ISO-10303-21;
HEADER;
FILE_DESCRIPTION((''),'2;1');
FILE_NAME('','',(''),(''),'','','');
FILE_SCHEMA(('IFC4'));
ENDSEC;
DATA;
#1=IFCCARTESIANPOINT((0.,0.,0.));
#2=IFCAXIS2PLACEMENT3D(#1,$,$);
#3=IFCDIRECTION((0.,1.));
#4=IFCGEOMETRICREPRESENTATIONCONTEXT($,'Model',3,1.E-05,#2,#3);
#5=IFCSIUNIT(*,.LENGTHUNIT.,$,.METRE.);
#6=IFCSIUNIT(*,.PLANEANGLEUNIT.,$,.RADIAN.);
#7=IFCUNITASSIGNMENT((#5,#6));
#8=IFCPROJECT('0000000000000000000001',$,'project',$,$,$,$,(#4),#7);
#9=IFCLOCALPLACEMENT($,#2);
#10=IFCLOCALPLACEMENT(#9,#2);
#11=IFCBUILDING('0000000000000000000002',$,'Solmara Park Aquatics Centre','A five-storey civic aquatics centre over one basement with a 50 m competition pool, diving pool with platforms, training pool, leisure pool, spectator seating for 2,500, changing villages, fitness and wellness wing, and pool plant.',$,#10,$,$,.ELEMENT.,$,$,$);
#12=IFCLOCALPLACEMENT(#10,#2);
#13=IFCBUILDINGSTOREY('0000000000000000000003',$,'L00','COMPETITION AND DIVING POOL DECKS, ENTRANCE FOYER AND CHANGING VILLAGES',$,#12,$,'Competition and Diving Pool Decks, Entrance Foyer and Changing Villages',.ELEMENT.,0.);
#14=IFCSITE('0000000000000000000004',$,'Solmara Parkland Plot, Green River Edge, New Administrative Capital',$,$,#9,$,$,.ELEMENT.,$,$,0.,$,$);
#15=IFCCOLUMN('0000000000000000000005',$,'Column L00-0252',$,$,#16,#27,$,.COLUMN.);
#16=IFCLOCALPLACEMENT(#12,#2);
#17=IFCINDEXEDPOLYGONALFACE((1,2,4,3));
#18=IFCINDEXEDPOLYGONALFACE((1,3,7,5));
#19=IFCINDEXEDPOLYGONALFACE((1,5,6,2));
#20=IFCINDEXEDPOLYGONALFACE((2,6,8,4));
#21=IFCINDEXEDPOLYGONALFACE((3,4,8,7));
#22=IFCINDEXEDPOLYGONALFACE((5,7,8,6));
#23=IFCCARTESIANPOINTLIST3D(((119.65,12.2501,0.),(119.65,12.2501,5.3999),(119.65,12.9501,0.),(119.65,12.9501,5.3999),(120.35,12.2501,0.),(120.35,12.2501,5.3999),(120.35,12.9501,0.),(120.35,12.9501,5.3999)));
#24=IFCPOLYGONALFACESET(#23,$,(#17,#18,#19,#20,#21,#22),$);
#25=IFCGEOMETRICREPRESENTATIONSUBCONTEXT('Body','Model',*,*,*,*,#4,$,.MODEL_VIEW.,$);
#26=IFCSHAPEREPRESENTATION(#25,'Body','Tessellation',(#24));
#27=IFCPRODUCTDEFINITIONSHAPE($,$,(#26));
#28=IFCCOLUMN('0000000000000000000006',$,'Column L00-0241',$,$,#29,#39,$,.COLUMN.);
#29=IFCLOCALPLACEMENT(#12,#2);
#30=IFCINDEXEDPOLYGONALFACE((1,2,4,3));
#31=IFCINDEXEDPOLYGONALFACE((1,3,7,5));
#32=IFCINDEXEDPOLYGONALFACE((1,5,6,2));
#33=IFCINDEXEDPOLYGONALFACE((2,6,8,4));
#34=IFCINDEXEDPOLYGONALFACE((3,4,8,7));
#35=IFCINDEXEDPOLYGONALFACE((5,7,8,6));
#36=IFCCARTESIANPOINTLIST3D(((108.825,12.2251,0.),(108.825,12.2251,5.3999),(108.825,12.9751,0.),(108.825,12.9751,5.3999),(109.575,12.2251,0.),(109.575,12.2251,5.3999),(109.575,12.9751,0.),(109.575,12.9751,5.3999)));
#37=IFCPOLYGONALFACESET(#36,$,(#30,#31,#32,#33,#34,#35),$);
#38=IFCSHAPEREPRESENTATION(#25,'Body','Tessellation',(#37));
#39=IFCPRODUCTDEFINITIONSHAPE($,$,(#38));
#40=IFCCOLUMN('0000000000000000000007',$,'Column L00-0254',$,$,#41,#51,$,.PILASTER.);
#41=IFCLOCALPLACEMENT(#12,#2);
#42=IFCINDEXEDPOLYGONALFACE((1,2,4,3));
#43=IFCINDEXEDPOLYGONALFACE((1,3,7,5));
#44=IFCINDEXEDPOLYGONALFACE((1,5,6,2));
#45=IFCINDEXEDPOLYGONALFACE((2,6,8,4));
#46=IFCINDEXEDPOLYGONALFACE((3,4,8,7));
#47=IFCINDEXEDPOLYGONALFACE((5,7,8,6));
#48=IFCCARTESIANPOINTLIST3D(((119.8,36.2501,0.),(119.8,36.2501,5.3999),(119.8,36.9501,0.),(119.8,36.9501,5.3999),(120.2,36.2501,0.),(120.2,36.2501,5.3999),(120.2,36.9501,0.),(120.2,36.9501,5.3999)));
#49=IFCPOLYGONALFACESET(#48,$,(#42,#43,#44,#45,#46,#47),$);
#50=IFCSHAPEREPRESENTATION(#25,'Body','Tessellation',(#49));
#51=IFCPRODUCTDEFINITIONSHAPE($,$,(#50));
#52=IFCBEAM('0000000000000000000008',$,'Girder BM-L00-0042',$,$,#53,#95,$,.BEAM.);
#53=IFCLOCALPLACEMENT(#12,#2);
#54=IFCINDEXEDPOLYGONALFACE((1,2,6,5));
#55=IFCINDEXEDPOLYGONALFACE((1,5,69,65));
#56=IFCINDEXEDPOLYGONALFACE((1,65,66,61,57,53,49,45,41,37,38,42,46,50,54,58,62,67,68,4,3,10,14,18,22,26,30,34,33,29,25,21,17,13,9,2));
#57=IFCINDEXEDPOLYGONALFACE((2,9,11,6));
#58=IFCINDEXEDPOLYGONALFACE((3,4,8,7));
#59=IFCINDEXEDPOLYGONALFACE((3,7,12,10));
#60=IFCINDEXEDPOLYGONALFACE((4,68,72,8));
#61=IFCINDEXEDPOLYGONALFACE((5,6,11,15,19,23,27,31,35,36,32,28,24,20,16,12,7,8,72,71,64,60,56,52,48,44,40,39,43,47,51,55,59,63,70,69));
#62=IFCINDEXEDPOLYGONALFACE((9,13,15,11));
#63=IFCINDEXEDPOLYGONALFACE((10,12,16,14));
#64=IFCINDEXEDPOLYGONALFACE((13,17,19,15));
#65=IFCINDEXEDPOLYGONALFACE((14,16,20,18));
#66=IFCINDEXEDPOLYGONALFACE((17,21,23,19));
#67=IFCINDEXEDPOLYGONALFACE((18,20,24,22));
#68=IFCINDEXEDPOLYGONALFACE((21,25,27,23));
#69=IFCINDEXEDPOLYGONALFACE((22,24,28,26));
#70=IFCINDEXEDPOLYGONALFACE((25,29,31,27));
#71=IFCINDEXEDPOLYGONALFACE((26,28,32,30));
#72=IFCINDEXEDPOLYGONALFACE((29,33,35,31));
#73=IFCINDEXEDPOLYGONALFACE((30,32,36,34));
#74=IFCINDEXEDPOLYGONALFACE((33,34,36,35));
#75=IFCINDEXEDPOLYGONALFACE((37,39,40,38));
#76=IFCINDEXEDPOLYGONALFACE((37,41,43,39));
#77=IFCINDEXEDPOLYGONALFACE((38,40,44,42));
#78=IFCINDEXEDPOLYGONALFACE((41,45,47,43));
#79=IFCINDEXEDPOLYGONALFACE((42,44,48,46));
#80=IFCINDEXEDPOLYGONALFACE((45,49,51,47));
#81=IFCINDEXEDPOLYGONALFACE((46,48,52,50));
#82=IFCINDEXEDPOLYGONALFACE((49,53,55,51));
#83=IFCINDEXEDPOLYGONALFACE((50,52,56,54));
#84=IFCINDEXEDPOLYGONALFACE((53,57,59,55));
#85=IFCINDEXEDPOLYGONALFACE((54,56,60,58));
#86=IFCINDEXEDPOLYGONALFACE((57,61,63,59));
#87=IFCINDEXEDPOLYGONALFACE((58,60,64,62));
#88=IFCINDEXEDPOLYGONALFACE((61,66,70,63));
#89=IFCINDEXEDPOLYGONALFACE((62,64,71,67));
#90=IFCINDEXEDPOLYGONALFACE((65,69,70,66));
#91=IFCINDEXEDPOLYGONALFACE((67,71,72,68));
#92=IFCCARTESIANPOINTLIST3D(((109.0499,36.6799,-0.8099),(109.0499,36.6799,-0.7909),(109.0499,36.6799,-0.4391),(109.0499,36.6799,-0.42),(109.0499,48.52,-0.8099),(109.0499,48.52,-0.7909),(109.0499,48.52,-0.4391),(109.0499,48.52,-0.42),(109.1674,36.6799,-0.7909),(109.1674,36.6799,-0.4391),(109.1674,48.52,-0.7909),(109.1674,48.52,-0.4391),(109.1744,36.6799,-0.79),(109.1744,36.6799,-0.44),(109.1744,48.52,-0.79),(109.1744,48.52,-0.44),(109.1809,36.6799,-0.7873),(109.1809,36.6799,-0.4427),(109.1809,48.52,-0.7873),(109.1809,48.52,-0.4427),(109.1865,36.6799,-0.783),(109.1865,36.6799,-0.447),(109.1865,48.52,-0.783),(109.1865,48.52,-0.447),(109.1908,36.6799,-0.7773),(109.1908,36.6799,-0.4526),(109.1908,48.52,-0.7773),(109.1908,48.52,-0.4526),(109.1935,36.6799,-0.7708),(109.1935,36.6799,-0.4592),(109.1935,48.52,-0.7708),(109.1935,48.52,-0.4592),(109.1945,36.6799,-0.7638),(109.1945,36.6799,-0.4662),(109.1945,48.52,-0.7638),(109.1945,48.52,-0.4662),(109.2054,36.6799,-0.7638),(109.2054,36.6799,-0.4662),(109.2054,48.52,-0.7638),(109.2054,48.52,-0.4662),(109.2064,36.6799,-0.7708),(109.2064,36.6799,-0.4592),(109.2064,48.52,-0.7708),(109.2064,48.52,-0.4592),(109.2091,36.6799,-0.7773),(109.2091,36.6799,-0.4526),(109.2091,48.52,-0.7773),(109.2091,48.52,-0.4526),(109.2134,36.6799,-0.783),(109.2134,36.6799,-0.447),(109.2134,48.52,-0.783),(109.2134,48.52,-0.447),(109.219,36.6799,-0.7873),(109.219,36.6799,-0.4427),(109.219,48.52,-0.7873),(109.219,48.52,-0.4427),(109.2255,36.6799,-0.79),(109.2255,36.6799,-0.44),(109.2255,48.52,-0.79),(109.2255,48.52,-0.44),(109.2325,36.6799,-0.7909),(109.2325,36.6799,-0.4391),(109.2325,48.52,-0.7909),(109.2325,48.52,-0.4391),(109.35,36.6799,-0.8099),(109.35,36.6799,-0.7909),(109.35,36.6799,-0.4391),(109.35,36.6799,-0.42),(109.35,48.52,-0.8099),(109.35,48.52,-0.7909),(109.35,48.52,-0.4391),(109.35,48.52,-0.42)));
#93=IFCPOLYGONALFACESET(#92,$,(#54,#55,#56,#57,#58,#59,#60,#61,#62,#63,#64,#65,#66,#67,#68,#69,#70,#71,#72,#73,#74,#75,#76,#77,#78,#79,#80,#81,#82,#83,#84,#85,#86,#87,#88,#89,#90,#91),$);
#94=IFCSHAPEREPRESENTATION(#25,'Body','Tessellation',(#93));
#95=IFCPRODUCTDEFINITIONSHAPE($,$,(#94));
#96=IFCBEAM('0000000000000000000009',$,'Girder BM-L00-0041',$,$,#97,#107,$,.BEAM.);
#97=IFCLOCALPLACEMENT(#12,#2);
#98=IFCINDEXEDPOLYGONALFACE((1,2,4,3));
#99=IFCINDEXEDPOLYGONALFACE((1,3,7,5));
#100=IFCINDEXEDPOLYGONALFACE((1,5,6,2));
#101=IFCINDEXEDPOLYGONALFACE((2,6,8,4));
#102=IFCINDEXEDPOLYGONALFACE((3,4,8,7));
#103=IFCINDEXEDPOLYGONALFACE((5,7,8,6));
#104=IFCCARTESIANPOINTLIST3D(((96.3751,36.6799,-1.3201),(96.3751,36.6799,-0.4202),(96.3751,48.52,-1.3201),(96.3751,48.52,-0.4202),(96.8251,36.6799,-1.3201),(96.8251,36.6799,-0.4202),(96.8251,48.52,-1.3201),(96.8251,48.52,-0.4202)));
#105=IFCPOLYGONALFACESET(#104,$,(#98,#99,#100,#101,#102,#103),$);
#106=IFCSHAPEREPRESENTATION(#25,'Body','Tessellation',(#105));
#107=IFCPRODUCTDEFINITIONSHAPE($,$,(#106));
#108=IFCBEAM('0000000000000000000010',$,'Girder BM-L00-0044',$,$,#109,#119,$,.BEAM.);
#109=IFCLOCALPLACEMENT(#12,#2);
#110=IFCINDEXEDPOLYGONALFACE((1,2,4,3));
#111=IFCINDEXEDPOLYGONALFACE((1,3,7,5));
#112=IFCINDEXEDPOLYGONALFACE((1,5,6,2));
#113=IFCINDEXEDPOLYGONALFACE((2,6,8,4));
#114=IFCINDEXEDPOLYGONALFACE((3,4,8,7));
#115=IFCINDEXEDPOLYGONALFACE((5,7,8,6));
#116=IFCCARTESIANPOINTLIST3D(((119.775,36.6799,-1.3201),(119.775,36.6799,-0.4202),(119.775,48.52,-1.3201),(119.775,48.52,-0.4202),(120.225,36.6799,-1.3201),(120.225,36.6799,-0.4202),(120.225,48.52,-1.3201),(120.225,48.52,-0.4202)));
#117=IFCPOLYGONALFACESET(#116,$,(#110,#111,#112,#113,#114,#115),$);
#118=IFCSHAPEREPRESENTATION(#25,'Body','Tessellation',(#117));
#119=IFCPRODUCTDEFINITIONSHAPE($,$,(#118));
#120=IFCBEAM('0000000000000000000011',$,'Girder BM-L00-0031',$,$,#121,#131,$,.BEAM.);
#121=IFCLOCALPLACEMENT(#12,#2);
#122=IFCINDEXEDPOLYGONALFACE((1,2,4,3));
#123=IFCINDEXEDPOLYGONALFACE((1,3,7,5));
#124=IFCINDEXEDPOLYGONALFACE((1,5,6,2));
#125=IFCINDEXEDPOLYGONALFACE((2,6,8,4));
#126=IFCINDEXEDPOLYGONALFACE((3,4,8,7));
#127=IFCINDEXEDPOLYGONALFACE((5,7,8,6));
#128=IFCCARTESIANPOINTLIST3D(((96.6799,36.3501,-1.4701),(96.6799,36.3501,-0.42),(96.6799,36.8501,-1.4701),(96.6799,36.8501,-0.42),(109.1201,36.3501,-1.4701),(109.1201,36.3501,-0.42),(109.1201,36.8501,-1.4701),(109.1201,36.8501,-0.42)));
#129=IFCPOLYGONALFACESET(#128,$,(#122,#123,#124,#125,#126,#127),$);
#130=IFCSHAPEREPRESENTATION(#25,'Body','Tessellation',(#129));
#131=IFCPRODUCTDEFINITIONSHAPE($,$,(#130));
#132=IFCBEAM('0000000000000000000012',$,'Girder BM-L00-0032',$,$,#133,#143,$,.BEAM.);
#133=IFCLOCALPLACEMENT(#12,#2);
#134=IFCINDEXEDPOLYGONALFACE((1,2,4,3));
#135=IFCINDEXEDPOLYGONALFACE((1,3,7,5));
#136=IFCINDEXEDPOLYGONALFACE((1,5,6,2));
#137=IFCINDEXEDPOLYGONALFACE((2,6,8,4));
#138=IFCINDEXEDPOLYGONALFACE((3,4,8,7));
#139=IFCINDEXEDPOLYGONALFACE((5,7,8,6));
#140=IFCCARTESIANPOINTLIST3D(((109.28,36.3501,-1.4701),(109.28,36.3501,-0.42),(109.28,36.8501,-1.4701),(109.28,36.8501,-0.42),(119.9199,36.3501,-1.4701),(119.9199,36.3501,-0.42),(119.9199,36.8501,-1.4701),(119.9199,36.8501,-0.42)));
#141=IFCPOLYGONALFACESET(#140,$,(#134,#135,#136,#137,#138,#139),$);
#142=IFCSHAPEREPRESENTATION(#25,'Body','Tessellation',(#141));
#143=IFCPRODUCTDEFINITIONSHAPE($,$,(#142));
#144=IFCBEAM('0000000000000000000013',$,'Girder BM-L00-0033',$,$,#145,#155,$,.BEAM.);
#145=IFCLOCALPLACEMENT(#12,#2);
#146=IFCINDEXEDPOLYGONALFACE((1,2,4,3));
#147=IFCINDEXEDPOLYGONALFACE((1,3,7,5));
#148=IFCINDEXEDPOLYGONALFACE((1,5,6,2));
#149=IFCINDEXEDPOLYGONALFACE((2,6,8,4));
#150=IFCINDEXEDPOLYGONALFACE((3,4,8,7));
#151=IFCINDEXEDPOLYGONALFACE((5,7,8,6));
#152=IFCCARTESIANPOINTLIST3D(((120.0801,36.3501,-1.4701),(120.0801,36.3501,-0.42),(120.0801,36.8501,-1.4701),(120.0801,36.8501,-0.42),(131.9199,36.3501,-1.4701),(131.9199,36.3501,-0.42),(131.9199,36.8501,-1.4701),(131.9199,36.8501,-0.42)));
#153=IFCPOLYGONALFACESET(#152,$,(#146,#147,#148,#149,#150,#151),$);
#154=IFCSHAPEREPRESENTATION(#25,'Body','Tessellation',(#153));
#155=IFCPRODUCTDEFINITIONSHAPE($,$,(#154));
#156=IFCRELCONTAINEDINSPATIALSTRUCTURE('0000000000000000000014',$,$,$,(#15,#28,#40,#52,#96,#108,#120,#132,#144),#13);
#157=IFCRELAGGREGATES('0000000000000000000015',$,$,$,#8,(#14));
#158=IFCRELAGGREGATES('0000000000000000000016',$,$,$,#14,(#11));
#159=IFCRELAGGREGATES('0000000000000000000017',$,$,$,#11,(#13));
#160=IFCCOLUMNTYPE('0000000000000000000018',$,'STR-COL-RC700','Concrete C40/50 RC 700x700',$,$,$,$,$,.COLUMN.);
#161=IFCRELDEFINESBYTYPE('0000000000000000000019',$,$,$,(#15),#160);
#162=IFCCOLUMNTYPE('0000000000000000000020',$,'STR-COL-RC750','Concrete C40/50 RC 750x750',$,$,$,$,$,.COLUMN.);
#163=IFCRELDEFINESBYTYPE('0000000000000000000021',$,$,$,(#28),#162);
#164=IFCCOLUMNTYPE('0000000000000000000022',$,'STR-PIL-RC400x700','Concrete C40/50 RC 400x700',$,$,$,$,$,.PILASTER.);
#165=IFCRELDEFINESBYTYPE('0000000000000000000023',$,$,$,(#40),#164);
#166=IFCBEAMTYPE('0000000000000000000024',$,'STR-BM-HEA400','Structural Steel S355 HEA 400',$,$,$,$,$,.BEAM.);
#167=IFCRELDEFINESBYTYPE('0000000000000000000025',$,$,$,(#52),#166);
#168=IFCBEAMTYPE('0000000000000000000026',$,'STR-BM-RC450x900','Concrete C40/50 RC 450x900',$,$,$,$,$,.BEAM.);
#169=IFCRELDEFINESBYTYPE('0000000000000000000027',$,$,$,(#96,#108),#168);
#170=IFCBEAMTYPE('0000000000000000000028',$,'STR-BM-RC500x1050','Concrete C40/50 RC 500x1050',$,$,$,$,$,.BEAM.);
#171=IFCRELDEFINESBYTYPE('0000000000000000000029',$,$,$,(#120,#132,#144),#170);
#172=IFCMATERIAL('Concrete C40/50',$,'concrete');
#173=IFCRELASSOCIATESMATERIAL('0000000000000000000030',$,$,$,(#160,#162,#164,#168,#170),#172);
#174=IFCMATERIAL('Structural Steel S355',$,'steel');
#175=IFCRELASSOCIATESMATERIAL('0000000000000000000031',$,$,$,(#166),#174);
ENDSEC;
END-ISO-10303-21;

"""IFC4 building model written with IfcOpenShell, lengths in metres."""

from ifc_helpers import new_model, si_unit, direction, frame, origin, origin_2d, place, context, subcontext, project, spatial, rectangle, i_section, extrude, material, material_profile, profile_set, type_object, element, save


model = new_model("IFC4")

# Units and contexts
model_context = context("Model", 3, precision=1e-05, world=origin(), true_north=direction((0.0, 1.0)))
body_context = subcontext(model_context, "Body", "Model", "MODEL_VIEW")
ifc_project = project(units=[si_unit("LENGTHUNIT", "METRE"), si_unit("PLANEANGLEUNIT", "RADIAN")], contexts=[model_context])

# Site, building, storey
site_placement = place(None, origin())
site = spatial("IfcSite", under=ifc_project, at=site_placement, Name="Solmara Parkland Plot, Green River Edge, New Administrative Capital", CompositionType="ELEMENT", RefElevation=0.0)
building_placement = place(site_placement, origin())
building = spatial("IfcBuilding", under=site, at=building_placement, Name="Solmara Park Aquatics Centre", Description="A five-storey civic aquatics centre over one basement with a 50 m competition pool, diving pool with platforms, training pool, leisure pool, spectator seating for 2,500, changing villages, fitness and wellness wing, and pool plant.", CompositionType="ELEMENT")
storey_placement = place(building_placement, origin())
storey = spatial("IfcBuildingStorey", under=building, at=storey_placement, Name="L00", Description="COMPETITION AND DIVING POOL DECKS, ENTRANCE FOYER AND CHANGING VILLAGES", LongName="Competition and Diving Pool Decks, Entrance Foyer and Changing Villages", CompositionType="ELEMENT", Elevation=0.0)

# Columns
ifc_material_1 = material(Name="Structural Steel S355", Category="steel")
ifc_material_2 = material(Name="Concrete C40/50", Category="concrete")
ifc_material_profile_1 = material_profile(ifc_material_2, rectangle(XDim=0.7, YDim=0.7, at=origin_2d()), Name="RC 700x700")
ifc_profile_set_1 = profile_set([ifc_material_profile_1], Name="Concrete C40/50")
column_type_1 = type_object("IfcColumnType", Name="STR-COL-RC700", Description="Concrete C40/50 RC 700x700", PredefinedType="COLUMN", material=ifc_profile_set_1)
for number, where, z_axis, x_axis, name in (
    (1, (120.0, 12.6001, 0.0), (0.0, 0.0, 1.0), (1.0, 0.0, 0.0), "Column L00-0252"),
):
    element("IfcColumn", number, at=place(storey_placement, frame(where, z_axis=z_axis, x_axis=x_axis)), inside=storey, type_object=column_type_1, Name=name, PredefinedType="COLUMN", context=body_context, shape_type="SweptSolid", body=[
        extrude(rectangle(XDim=0.7, YDim=0.7, at=origin_2d()), origin(), (0.0, 0.0, 1.0), 5.3999),
    ])
ifc_material_profile_2 = material_profile(ifc_material_2, rectangle(XDim=0.75, YDim=0.75, at=origin_2d()), Name="RC 750x750")
ifc_profile_set_2 = profile_set([ifc_material_profile_2], Name="Concrete C40/50")
column_type_2 = type_object("IfcColumnType", Name="STR-COL-RC750", Description="Concrete C40/50 RC 750x750", PredefinedType="COLUMN", material=ifc_profile_set_2)
column_1_placement = place(storey_placement, frame((109.2, 12.6001, 0.0), z_axis=(0.0, 0.0, 1.0), x_axis=(1.0, 0.0, 0.0)))
element("IfcColumn", 2, at=column_1_placement, inside=storey, type_object=column_type_2, Name="Column L00-0241", PredefinedType="COLUMN", context=body_context, shape_type="SweptSolid", body=[
    extrude(rectangle(XDim=0.75, YDim=0.75, at=origin_2d()), origin(), (0.0, 0.0, 1.0), 5.3999),
])
ifc_material_profile_3 = material_profile(ifc_material_2, rectangle(XDim=0.3999, YDim=0.7, at=origin_2d()), Name="RC 400x700")
ifc_profile_set_3 = profile_set([ifc_material_profile_3], Name="Concrete C40/50")
column_type_3 = type_object("IfcColumnType", Name="STR-PIL-RC400x700", Description="Concrete C40/50 RC 400x700", PredefinedType="PILASTER", material=ifc_profile_set_3)
column_2_placement = place(storey_placement, frame((120.0, 36.6001, 0.0), z_axis=(0.0, 0.0, 1.0), x_axis=(1.0, 0.0, 0.0)))
element("IfcColumn", 3, at=column_2_placement, inside=storey, type_object=column_type_3, Name="Column L00-0254", PredefinedType="PILASTER", context=body_context, shape_type="SweptSolid", body=[
    extrude(rectangle(XDim=0.3999, YDim=0.7, at=origin_2d()), origin(), (0.0, 0.0, 1.0), 5.3999),
])

# Beams
ifc_material_profile_4 = material_profile(ifc_material_1, i_section(OverallWidth=0.3, OverallDepth=0.3899, WebThickness=0.011, FlangeThickness=0.019, FilletRadius=0.0271, at=origin_2d()), Name="HEA 400")
ifc_profile_set_4 = profile_set([ifc_material_profile_4], Name="Structural Steel S355")
beam_type_1 = type_object("IfcBeamType", Name="STR-BM-HEA400", Description="Structural Steel S355 HEA 400", PredefinedType="BEAM", material=ifc_profile_set_4)
beam_1_placement = place(storey_placement, frame((109.2, 36.6799, -0.615), z_axis=(0.0, 1.0, 0.0), x_axis=(-1.0, 0.0, 0.0)))
element("IfcBeam", 4, at=beam_1_placement, inside=storey, type_object=beam_type_1, Name="Girder BM-L00-0042", PredefinedType="BEAM", context=body_context, shape_type="SweptSolid", body=[
    extrude(i_section(OverallWidth=0.3, OverallDepth=0.3899, WebThickness=0.011, FlangeThickness=0.019, FilletRadius=0.0271, at=origin_2d()), origin(), (0.0, 0.0, 1.0), 11.8401),
])
ifc_material_profile_5 = material_profile(ifc_material_2, rectangle(XDim=0.45, YDim=0.8999, at=origin_2d()), Name="RC 450x900")
ifc_profile_set_5 = profile_set([ifc_material_profile_5], Name="Concrete C40/50")
beam_type_2 = type_object("IfcBeamType", Name="STR-BM-RC450x900", Description="Concrete C40/50 RC 450x900", PredefinedType="BEAM", material=ifc_profile_set_5)
for number, where, z_axis, x_axis, name in (
    (5, (96.6001, 36.6799, -0.8701), (0.0, 1.0, 0.0), (-1.0, 0.0, 0.0), "Girder BM-L00-0041"),
    (6, (120.0, 36.6799, -0.8701), (0.0, 1.0, 0.0), (-1.0, 0.0, 0.0), "Girder BM-L00-0044"),
):
    element("IfcBeam", number, at=place(storey_placement, frame(where, z_axis=z_axis, x_axis=x_axis)), inside=storey, type_object=beam_type_2, Name=name, PredefinedType="BEAM", context=body_context, shape_type="SweptSolid", body=[
        extrude(rectangle(XDim=0.45, YDim=0.8999, at=origin_2d()), origin(), (0.0, 0.0, 1.0), 11.8401),
    ])
ifc_material_profile_6 = material_profile(ifc_material_2, rectangle(XDim=0.5, YDim=1.05, at=origin_2d()), Name="RC 500x1050")
ifc_profile_set_6 = profile_set([ifc_material_profile_6], Name="Concrete C40/50")
beam_type_3 = type_object("IfcBeamType", Name="STR-BM-RC500x1050", Description="Concrete C40/50 RC 500x1050", PredefinedType="BEAM", material=ifc_profile_set_6)
beam_2_placement = place(storey_placement, frame((96.6799, 36.6001, -0.9451), z_axis=(1.0, 0.0, 0.0), x_axis=(0.0, 1.0, 0.0)))
element("IfcBeam", 7, at=beam_2_placement, inside=storey, type_object=beam_type_3, Name="Girder BM-L00-0031", PredefinedType="BEAM", context=body_context, shape_type="SweptSolid", body=[
    extrude(rectangle(XDim=0.5, YDim=1.05, at=origin_2d()), origin(), (0.0, 0.0, 1.0), 12.4402),
])
beam_3_placement = place(storey_placement, frame((109.28, 36.6001, -0.9451), z_axis=(1.0, 0.0, 0.0), x_axis=(0.0, 1.0, 0.0)))
element("IfcBeam", 8, at=beam_3_placement, inside=storey, type_object=beam_type_3, Name="Girder BM-L00-0032", PredefinedType="BEAM", context=body_context, shape_type="SweptSolid", body=[
    extrude(rectangle(XDim=0.5, YDim=1.05, at=origin_2d()), origin(), (0.0, 0.0, 1.0), 10.6399),
])
beam_4_placement = place(storey_placement, frame((120.0801, 36.6001, -0.9451), z_axis=(1.0, 0.0, 0.0), x_axis=(0.0, 1.0, 0.0)))
element("IfcBeam", 9, at=beam_4_placement, inside=storey, type_object=beam_type_3, Name="Girder BM-L00-0033", PredefinedType="BEAM", context=body_context, shape_type="SweptSolid", body=[
    extrude(rectangle(XDim=0.5, YDim=1.05, at=origin_2d()), origin(), (0.0, 0.0, 1.0), 11.8398),
])

save(model, "model.ifc")
